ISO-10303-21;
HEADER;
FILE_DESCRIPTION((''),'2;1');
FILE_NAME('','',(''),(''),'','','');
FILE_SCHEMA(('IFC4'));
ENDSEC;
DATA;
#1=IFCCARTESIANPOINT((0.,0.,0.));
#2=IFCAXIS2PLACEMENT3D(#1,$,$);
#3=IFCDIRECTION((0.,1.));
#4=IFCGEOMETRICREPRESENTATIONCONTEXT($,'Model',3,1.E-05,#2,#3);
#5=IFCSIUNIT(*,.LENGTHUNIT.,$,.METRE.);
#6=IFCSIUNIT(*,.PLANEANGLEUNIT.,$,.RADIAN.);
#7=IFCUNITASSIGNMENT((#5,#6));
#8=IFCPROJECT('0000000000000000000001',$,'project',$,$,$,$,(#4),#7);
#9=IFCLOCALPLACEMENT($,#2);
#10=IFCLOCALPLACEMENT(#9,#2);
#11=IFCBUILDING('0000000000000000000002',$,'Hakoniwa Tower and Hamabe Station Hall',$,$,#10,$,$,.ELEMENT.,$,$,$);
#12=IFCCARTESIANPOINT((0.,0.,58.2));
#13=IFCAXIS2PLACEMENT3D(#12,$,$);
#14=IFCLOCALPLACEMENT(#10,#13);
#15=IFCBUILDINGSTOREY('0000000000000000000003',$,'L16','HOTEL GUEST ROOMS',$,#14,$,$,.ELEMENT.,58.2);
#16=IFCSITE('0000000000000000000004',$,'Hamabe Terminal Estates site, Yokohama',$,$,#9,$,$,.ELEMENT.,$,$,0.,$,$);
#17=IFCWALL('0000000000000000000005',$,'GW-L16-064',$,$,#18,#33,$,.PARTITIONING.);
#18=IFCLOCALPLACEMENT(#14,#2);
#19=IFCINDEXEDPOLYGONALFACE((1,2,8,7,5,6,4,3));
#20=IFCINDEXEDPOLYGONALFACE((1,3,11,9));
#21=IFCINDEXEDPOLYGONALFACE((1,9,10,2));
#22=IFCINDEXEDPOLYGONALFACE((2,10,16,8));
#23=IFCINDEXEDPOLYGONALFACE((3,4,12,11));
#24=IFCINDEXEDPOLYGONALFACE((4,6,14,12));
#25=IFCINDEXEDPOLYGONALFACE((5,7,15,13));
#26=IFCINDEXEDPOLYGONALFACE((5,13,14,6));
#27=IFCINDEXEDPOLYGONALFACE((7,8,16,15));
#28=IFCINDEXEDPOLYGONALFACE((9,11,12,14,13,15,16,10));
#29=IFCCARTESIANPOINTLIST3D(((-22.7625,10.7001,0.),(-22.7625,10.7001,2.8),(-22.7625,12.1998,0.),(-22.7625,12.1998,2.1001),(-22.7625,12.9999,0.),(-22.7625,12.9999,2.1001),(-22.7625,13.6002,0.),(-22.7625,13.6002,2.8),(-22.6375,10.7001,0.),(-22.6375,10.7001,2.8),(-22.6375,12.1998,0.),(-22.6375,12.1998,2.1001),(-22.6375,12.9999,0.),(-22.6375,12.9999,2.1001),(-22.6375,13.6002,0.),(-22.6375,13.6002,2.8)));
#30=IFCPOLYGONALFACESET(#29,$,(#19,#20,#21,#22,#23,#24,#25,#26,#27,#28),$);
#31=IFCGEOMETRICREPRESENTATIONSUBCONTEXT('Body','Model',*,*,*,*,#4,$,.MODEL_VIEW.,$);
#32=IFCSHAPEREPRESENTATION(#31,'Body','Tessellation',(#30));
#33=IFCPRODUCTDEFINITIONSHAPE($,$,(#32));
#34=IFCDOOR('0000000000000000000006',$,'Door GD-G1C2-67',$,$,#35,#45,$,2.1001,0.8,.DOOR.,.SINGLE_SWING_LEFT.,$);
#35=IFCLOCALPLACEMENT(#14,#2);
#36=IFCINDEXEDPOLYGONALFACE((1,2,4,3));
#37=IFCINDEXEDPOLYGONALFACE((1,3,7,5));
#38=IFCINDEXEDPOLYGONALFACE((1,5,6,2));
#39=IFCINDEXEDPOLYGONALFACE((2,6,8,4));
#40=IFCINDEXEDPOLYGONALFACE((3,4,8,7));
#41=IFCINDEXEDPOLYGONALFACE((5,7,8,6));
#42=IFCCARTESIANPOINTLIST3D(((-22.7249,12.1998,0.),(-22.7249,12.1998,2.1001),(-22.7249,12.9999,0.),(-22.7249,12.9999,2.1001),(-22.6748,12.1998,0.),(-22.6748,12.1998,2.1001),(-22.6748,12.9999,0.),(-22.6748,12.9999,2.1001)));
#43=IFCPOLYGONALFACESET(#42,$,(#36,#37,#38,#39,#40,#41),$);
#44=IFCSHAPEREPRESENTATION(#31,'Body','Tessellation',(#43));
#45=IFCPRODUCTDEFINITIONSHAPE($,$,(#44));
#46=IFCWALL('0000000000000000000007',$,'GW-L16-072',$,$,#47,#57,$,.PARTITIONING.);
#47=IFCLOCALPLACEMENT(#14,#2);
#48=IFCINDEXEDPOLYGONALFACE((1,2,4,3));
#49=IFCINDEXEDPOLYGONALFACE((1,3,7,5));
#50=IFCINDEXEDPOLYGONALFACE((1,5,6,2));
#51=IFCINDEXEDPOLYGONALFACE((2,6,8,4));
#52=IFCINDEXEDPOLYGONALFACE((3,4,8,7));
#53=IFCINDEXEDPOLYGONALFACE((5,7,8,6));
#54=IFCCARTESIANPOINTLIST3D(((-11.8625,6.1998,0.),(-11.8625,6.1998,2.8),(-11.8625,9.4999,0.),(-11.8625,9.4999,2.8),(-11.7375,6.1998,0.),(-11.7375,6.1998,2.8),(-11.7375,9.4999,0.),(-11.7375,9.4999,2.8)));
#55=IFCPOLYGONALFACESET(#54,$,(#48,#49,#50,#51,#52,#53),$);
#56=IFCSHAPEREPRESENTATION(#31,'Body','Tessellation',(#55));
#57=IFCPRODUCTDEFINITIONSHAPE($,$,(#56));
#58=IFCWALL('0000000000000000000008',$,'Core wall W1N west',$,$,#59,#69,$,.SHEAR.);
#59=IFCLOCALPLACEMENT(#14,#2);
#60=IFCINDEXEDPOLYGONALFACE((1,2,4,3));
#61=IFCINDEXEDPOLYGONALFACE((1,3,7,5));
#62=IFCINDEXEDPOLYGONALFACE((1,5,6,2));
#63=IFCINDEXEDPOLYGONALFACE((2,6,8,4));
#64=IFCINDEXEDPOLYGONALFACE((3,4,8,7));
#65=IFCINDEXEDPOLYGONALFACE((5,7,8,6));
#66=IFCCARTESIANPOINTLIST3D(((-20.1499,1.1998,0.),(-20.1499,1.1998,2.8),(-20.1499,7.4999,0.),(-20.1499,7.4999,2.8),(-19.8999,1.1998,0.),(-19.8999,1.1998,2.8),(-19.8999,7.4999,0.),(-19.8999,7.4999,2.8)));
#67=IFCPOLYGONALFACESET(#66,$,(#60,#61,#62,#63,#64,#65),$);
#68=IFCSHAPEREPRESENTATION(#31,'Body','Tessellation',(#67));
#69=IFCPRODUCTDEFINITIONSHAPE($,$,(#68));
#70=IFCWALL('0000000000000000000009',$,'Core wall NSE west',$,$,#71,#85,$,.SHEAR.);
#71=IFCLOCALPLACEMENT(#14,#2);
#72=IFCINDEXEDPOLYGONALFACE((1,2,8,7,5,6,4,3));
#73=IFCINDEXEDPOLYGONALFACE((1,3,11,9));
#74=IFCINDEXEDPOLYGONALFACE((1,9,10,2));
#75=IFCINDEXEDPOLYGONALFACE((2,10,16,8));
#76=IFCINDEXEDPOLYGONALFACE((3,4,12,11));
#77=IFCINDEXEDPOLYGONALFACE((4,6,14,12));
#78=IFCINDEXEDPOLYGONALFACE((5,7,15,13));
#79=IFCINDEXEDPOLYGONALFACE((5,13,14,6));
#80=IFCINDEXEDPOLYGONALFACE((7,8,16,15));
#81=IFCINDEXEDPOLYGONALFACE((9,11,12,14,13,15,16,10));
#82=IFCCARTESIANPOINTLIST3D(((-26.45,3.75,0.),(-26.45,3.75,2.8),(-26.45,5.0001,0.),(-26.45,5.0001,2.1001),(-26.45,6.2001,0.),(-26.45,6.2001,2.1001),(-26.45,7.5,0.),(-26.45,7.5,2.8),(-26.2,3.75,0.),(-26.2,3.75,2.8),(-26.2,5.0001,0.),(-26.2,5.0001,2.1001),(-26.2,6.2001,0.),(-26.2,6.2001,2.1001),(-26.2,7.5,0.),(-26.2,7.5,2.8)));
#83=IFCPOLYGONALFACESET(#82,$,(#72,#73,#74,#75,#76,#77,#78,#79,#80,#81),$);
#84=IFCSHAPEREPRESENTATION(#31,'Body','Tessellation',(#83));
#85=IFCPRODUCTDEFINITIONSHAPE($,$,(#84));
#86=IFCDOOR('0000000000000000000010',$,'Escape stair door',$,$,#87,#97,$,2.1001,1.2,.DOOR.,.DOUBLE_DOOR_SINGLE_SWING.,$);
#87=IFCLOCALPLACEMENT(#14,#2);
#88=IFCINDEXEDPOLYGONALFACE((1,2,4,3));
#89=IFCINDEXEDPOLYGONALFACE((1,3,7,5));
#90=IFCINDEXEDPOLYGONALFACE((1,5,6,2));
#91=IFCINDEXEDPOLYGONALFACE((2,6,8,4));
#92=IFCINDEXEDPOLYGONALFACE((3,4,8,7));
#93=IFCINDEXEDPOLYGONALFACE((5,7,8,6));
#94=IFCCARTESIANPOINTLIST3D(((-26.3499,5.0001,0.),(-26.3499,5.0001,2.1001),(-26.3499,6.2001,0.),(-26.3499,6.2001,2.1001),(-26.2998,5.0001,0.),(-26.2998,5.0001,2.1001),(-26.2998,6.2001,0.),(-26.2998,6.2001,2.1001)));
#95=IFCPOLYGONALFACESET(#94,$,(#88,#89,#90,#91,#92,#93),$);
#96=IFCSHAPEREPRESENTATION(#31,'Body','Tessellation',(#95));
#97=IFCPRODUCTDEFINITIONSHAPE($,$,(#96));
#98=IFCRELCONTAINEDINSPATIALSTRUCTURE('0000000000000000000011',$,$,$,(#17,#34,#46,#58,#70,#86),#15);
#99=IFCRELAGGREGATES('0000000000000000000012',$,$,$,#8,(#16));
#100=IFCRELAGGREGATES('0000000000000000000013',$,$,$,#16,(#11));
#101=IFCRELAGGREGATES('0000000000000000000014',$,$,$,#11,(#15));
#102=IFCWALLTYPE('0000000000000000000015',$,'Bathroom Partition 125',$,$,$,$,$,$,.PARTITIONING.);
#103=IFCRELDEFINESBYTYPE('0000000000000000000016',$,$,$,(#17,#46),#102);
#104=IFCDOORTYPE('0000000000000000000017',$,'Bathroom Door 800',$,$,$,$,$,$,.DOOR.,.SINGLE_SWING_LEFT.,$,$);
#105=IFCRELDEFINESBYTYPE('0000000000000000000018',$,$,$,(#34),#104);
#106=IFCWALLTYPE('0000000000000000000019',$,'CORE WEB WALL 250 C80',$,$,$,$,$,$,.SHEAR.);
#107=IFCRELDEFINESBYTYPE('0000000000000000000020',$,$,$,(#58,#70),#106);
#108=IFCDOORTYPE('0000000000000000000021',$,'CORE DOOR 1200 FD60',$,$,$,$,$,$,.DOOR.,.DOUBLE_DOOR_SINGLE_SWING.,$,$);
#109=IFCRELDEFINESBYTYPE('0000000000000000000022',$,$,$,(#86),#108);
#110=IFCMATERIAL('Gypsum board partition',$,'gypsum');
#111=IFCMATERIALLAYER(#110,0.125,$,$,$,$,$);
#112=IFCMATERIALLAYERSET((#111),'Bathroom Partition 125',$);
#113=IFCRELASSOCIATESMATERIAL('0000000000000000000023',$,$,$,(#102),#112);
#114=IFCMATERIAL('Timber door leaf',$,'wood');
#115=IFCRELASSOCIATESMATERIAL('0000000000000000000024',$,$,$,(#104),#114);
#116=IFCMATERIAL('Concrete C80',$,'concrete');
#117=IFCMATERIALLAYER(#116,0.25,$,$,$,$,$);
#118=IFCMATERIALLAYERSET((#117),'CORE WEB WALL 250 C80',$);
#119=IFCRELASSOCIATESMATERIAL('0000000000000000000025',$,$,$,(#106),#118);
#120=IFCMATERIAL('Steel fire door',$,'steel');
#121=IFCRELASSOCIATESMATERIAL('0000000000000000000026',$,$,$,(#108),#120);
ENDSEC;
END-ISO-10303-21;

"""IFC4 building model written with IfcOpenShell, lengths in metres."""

from ifc_helpers import new_model, si_unit, direction, frame, frame_2d, origin, place, context, subcontext, project, spatial, rectangle, extrude, material, layer, layer_set, type_object, element, fill, save


model = new_model("IFC4")

# Units and contexts
model_context = context("Model", 3, precision=1e-05, world=origin(), true_north=direction((0.0, 1.0)))
body_context = subcontext(model_context, "Body", "Model", "MODEL_VIEW")
ifc_project = project(units=[si_unit("LENGTHUNIT", "METRE"), si_unit("PLANEANGLEUNIT", "RADIAN")], contexts=[model_context])

# Site, building, storey
site_placement = place(None, origin())
site = spatial("IfcSite", under=ifc_project, at=site_placement, Name="Hamabe Terminal Estates site, Yokohama", CompositionType="ELEMENT", RefElevation=0.0)
building_placement = place(site_placement, origin())
building = spatial("IfcBuilding", under=site, at=building_placement, Name="Hakoniwa Tower and Hamabe Station Hall", CompositionType="ELEMENT")
storey_placement = place(building_placement, frame((0.0, 0.0, 58.2)))
storey = spatial("IfcBuildingStorey", under=building, at=storey_placement, Name="L16", Description="HOTEL GUEST ROOMS", CompositionType="ELEMENT", Elevation=58.2)

# Wall, opening, door
ifc_material_1 = material(Name="Gypsum board partition", Category="gypsum")
ifc_layer_1 = layer(ifc_material_1, 0.125)
ifc_layer_set_1 = layer_set([ifc_layer_1], Name="Bathroom Partition 125")
wall_type_1 = type_object("IfcWallType", Name="Bathroom Partition 125", PredefinedType="PARTITIONING", material=ifc_layer_set_1)
wall_1_placement = place(storey_placement, frame((-22.7, 10.7, 0.0), z_axis=(0.0, 0.0, 1.0), x_axis=(0.0, 1.0, 0.0)))
wall_1 = element("IfcWall", 1, at=wall_1_placement, inside=storey, type_object=wall_type_1, Name="GW-L16-064", PredefinedType="PARTITIONING", context=body_context, shape_type="SweptSolid", body=[
    extrude(rectangle(XDim=2.9001, YDim=0.125, at=frame_2d((1.4502, 0.0))), origin(), (0.0, 0.0, 1.0), 2.8),
])
opening_1_placement = place(wall_1_placement, frame((1.5, 0.0, 0.0)))
opening_1 = element("IfcOpeningElement", 2, at=opening_1_placement, cuts=wall_1, PredefinedType="OPENING", context=body_context, shape_type="SweptSolid", body=[
    extrude(rectangle(XDim=0.8, YDim=2.1001, at=frame_2d((0.3999, 1.05))), frame((0.0, 0.0725, 0.0), z_axis=(0.0, -1.0, 0.0), x_axis=(1.0, 0.0, 0.0)), (0.0, 0.0, 1.0), 0.145),
])
ifc_material_2 = material(Name="Timber door leaf", Category="wood")
door_type_1 = type_object("IfcDoorType", Name="Bathroom Door 800", OperationType="SINGLE_SWING_LEFT", PredefinedType="DOOR", material=ifc_material_2)
door_1_placement = place(opening_1_placement, origin())
door_1 = element("IfcDoor", 3, at=door_1_placement, inside=storey, type_object=door_type_1, Name="Door GD-G1C2-67", OperationType="SINGLE_SWING_LEFT", OverallHeight=2.1001, OverallWidth=0.8, PredefinedType="DOOR", context=body_context, shape_type="SweptSolid", body=[
    extrude(rectangle(XDim=0.8, YDim=2.1001, at=frame_2d((0.3999, 1.05))), frame((0.0, 0.0249, 0.0), z_axis=(0.0, -1.0, 0.0), x_axis=(1.0, 0.0, 0.0)), (0.0, 0.0, 1.0), 0.05),
])
fill(opening_1, door_1)

# Walls
wall_2_placement = place(storey_placement, frame((-11.8, 6.2, 0.0), z_axis=(0.0, 0.0, 1.0), x_axis=(0.0, 1.0, 0.0)))
element("IfcWall", 4, at=wall_2_placement, inside=storey, type_object=wall_type_1, Name="GW-L16-072", PredefinedType="PARTITIONING", context=body_context, shape_type="SweptSolid", body=[
    extrude(rectangle(XDim=3.3, YDim=0.125, at=frame_2d((1.6499, 0.0))), origin(), (0.0, 0.0, 1.0), 2.8),
])
ifc_material_3 = material(Name="Concrete C80", Category="concrete")
ifc_layer_2 = layer(ifc_material_3, 0.25)
ifc_layer_set_2 = layer_set([ifc_layer_2], Name="CORE WEB WALL 250 C80")
wall_type_2 = type_object("IfcWallType", Name="CORE WEB WALL 250 C80", PredefinedType="SHEAR", material=ifc_layer_set_2)
wall_3_placement = place(storey_placement, frame((-20.0249, 1.2, 0.0), z_axis=(0.0, 0.0, 1.0), x_axis=(0.0, 1.0, 0.0)))
element("IfcWall", 5, at=wall_3_placement, inside=storey, type_object=wall_type_2, Name="Core wall W1N west", PredefinedType="SHEAR", context=body_context, shape_type="SweptSolid", body=[
    extrude(rectangle(XDim=6.3, YDim=0.25, at=frame_2d((3.1499, 0.0))), origin(), (0.0, 0.0, 1.0), 2.8),
])

# Wall, opening, door
wall_4_placement = place(storey_placement, frame((-26.325, 3.75, 0.0), z_axis=(0.0, 0.0, 1.0), x_axis=(0.0, 1.0, 0.0)))
wall_4 = element("IfcWall", 6, at=wall_4_placement, inside=storey, type_object=wall_type_2, Name="Core wall NSE west", PredefinedType="SHEAR", context=body_context, shape_type="SweptSolid", body=[
    extrude(rectangle(XDim=3.75, YDim=0.25, at=frame_2d((1.875, 0.0))), origin(), (0.0, 0.0, 1.0), 2.8),
])
opening_2_placement = place(wall_4_placement, frame((1.25, 0.0, 0.0)))
opening_2 = element("IfcOpeningElement", 7, at=opening_2_placement, cuts=wall_4, PredefinedType="OPENING", context=body_context, shape_type="SweptSolid", body=[
    extrude(rectangle(XDim=1.2, YDim=2.1001, at=frame_2d((0.6001, 1.05))), frame((0.0, 0.135, 0.0), z_axis=(0.0, -1.0, 0.0), x_axis=(1.0, 0.0, 0.0)), (0.0, 0.0, 1.0), 0.27),
])
ifc_material_4 = material(Name="Steel fire door", Category="steel")
door_type_2 = type_object("IfcDoorType", Name="CORE DOOR 1200 FD60", OperationType="DOUBLE_DOOR_SINGLE_SWING", PredefinedType="DOOR", material=ifc_material_4)
door_2_placement = place(opening_2_placement, origin())
door_2 = element("IfcDoor", 8, at=door_2_placement, inside=storey, type_object=door_type_2, Name="Escape stair door", OperationType="DOUBLE_DOOR_SINGLE_SWING", OverallHeight=2.1001, OverallWidth=1.2, PredefinedType="DOOR", context=body_context, shape_type="SweptSolid", body=[
    extrude(rectangle(XDim=1.2, YDim=2.1001, at=frame_2d((0.6001, 1.05))), frame((0.0, 0.0249, 0.0), z_axis=(0.0, -1.0, 0.0), x_axis=(1.0, 0.0, 0.0)), (0.0, 0.0, 1.0), 0.05),
])
fill(opening_2, door_2)

save(model, "model.ifc")
